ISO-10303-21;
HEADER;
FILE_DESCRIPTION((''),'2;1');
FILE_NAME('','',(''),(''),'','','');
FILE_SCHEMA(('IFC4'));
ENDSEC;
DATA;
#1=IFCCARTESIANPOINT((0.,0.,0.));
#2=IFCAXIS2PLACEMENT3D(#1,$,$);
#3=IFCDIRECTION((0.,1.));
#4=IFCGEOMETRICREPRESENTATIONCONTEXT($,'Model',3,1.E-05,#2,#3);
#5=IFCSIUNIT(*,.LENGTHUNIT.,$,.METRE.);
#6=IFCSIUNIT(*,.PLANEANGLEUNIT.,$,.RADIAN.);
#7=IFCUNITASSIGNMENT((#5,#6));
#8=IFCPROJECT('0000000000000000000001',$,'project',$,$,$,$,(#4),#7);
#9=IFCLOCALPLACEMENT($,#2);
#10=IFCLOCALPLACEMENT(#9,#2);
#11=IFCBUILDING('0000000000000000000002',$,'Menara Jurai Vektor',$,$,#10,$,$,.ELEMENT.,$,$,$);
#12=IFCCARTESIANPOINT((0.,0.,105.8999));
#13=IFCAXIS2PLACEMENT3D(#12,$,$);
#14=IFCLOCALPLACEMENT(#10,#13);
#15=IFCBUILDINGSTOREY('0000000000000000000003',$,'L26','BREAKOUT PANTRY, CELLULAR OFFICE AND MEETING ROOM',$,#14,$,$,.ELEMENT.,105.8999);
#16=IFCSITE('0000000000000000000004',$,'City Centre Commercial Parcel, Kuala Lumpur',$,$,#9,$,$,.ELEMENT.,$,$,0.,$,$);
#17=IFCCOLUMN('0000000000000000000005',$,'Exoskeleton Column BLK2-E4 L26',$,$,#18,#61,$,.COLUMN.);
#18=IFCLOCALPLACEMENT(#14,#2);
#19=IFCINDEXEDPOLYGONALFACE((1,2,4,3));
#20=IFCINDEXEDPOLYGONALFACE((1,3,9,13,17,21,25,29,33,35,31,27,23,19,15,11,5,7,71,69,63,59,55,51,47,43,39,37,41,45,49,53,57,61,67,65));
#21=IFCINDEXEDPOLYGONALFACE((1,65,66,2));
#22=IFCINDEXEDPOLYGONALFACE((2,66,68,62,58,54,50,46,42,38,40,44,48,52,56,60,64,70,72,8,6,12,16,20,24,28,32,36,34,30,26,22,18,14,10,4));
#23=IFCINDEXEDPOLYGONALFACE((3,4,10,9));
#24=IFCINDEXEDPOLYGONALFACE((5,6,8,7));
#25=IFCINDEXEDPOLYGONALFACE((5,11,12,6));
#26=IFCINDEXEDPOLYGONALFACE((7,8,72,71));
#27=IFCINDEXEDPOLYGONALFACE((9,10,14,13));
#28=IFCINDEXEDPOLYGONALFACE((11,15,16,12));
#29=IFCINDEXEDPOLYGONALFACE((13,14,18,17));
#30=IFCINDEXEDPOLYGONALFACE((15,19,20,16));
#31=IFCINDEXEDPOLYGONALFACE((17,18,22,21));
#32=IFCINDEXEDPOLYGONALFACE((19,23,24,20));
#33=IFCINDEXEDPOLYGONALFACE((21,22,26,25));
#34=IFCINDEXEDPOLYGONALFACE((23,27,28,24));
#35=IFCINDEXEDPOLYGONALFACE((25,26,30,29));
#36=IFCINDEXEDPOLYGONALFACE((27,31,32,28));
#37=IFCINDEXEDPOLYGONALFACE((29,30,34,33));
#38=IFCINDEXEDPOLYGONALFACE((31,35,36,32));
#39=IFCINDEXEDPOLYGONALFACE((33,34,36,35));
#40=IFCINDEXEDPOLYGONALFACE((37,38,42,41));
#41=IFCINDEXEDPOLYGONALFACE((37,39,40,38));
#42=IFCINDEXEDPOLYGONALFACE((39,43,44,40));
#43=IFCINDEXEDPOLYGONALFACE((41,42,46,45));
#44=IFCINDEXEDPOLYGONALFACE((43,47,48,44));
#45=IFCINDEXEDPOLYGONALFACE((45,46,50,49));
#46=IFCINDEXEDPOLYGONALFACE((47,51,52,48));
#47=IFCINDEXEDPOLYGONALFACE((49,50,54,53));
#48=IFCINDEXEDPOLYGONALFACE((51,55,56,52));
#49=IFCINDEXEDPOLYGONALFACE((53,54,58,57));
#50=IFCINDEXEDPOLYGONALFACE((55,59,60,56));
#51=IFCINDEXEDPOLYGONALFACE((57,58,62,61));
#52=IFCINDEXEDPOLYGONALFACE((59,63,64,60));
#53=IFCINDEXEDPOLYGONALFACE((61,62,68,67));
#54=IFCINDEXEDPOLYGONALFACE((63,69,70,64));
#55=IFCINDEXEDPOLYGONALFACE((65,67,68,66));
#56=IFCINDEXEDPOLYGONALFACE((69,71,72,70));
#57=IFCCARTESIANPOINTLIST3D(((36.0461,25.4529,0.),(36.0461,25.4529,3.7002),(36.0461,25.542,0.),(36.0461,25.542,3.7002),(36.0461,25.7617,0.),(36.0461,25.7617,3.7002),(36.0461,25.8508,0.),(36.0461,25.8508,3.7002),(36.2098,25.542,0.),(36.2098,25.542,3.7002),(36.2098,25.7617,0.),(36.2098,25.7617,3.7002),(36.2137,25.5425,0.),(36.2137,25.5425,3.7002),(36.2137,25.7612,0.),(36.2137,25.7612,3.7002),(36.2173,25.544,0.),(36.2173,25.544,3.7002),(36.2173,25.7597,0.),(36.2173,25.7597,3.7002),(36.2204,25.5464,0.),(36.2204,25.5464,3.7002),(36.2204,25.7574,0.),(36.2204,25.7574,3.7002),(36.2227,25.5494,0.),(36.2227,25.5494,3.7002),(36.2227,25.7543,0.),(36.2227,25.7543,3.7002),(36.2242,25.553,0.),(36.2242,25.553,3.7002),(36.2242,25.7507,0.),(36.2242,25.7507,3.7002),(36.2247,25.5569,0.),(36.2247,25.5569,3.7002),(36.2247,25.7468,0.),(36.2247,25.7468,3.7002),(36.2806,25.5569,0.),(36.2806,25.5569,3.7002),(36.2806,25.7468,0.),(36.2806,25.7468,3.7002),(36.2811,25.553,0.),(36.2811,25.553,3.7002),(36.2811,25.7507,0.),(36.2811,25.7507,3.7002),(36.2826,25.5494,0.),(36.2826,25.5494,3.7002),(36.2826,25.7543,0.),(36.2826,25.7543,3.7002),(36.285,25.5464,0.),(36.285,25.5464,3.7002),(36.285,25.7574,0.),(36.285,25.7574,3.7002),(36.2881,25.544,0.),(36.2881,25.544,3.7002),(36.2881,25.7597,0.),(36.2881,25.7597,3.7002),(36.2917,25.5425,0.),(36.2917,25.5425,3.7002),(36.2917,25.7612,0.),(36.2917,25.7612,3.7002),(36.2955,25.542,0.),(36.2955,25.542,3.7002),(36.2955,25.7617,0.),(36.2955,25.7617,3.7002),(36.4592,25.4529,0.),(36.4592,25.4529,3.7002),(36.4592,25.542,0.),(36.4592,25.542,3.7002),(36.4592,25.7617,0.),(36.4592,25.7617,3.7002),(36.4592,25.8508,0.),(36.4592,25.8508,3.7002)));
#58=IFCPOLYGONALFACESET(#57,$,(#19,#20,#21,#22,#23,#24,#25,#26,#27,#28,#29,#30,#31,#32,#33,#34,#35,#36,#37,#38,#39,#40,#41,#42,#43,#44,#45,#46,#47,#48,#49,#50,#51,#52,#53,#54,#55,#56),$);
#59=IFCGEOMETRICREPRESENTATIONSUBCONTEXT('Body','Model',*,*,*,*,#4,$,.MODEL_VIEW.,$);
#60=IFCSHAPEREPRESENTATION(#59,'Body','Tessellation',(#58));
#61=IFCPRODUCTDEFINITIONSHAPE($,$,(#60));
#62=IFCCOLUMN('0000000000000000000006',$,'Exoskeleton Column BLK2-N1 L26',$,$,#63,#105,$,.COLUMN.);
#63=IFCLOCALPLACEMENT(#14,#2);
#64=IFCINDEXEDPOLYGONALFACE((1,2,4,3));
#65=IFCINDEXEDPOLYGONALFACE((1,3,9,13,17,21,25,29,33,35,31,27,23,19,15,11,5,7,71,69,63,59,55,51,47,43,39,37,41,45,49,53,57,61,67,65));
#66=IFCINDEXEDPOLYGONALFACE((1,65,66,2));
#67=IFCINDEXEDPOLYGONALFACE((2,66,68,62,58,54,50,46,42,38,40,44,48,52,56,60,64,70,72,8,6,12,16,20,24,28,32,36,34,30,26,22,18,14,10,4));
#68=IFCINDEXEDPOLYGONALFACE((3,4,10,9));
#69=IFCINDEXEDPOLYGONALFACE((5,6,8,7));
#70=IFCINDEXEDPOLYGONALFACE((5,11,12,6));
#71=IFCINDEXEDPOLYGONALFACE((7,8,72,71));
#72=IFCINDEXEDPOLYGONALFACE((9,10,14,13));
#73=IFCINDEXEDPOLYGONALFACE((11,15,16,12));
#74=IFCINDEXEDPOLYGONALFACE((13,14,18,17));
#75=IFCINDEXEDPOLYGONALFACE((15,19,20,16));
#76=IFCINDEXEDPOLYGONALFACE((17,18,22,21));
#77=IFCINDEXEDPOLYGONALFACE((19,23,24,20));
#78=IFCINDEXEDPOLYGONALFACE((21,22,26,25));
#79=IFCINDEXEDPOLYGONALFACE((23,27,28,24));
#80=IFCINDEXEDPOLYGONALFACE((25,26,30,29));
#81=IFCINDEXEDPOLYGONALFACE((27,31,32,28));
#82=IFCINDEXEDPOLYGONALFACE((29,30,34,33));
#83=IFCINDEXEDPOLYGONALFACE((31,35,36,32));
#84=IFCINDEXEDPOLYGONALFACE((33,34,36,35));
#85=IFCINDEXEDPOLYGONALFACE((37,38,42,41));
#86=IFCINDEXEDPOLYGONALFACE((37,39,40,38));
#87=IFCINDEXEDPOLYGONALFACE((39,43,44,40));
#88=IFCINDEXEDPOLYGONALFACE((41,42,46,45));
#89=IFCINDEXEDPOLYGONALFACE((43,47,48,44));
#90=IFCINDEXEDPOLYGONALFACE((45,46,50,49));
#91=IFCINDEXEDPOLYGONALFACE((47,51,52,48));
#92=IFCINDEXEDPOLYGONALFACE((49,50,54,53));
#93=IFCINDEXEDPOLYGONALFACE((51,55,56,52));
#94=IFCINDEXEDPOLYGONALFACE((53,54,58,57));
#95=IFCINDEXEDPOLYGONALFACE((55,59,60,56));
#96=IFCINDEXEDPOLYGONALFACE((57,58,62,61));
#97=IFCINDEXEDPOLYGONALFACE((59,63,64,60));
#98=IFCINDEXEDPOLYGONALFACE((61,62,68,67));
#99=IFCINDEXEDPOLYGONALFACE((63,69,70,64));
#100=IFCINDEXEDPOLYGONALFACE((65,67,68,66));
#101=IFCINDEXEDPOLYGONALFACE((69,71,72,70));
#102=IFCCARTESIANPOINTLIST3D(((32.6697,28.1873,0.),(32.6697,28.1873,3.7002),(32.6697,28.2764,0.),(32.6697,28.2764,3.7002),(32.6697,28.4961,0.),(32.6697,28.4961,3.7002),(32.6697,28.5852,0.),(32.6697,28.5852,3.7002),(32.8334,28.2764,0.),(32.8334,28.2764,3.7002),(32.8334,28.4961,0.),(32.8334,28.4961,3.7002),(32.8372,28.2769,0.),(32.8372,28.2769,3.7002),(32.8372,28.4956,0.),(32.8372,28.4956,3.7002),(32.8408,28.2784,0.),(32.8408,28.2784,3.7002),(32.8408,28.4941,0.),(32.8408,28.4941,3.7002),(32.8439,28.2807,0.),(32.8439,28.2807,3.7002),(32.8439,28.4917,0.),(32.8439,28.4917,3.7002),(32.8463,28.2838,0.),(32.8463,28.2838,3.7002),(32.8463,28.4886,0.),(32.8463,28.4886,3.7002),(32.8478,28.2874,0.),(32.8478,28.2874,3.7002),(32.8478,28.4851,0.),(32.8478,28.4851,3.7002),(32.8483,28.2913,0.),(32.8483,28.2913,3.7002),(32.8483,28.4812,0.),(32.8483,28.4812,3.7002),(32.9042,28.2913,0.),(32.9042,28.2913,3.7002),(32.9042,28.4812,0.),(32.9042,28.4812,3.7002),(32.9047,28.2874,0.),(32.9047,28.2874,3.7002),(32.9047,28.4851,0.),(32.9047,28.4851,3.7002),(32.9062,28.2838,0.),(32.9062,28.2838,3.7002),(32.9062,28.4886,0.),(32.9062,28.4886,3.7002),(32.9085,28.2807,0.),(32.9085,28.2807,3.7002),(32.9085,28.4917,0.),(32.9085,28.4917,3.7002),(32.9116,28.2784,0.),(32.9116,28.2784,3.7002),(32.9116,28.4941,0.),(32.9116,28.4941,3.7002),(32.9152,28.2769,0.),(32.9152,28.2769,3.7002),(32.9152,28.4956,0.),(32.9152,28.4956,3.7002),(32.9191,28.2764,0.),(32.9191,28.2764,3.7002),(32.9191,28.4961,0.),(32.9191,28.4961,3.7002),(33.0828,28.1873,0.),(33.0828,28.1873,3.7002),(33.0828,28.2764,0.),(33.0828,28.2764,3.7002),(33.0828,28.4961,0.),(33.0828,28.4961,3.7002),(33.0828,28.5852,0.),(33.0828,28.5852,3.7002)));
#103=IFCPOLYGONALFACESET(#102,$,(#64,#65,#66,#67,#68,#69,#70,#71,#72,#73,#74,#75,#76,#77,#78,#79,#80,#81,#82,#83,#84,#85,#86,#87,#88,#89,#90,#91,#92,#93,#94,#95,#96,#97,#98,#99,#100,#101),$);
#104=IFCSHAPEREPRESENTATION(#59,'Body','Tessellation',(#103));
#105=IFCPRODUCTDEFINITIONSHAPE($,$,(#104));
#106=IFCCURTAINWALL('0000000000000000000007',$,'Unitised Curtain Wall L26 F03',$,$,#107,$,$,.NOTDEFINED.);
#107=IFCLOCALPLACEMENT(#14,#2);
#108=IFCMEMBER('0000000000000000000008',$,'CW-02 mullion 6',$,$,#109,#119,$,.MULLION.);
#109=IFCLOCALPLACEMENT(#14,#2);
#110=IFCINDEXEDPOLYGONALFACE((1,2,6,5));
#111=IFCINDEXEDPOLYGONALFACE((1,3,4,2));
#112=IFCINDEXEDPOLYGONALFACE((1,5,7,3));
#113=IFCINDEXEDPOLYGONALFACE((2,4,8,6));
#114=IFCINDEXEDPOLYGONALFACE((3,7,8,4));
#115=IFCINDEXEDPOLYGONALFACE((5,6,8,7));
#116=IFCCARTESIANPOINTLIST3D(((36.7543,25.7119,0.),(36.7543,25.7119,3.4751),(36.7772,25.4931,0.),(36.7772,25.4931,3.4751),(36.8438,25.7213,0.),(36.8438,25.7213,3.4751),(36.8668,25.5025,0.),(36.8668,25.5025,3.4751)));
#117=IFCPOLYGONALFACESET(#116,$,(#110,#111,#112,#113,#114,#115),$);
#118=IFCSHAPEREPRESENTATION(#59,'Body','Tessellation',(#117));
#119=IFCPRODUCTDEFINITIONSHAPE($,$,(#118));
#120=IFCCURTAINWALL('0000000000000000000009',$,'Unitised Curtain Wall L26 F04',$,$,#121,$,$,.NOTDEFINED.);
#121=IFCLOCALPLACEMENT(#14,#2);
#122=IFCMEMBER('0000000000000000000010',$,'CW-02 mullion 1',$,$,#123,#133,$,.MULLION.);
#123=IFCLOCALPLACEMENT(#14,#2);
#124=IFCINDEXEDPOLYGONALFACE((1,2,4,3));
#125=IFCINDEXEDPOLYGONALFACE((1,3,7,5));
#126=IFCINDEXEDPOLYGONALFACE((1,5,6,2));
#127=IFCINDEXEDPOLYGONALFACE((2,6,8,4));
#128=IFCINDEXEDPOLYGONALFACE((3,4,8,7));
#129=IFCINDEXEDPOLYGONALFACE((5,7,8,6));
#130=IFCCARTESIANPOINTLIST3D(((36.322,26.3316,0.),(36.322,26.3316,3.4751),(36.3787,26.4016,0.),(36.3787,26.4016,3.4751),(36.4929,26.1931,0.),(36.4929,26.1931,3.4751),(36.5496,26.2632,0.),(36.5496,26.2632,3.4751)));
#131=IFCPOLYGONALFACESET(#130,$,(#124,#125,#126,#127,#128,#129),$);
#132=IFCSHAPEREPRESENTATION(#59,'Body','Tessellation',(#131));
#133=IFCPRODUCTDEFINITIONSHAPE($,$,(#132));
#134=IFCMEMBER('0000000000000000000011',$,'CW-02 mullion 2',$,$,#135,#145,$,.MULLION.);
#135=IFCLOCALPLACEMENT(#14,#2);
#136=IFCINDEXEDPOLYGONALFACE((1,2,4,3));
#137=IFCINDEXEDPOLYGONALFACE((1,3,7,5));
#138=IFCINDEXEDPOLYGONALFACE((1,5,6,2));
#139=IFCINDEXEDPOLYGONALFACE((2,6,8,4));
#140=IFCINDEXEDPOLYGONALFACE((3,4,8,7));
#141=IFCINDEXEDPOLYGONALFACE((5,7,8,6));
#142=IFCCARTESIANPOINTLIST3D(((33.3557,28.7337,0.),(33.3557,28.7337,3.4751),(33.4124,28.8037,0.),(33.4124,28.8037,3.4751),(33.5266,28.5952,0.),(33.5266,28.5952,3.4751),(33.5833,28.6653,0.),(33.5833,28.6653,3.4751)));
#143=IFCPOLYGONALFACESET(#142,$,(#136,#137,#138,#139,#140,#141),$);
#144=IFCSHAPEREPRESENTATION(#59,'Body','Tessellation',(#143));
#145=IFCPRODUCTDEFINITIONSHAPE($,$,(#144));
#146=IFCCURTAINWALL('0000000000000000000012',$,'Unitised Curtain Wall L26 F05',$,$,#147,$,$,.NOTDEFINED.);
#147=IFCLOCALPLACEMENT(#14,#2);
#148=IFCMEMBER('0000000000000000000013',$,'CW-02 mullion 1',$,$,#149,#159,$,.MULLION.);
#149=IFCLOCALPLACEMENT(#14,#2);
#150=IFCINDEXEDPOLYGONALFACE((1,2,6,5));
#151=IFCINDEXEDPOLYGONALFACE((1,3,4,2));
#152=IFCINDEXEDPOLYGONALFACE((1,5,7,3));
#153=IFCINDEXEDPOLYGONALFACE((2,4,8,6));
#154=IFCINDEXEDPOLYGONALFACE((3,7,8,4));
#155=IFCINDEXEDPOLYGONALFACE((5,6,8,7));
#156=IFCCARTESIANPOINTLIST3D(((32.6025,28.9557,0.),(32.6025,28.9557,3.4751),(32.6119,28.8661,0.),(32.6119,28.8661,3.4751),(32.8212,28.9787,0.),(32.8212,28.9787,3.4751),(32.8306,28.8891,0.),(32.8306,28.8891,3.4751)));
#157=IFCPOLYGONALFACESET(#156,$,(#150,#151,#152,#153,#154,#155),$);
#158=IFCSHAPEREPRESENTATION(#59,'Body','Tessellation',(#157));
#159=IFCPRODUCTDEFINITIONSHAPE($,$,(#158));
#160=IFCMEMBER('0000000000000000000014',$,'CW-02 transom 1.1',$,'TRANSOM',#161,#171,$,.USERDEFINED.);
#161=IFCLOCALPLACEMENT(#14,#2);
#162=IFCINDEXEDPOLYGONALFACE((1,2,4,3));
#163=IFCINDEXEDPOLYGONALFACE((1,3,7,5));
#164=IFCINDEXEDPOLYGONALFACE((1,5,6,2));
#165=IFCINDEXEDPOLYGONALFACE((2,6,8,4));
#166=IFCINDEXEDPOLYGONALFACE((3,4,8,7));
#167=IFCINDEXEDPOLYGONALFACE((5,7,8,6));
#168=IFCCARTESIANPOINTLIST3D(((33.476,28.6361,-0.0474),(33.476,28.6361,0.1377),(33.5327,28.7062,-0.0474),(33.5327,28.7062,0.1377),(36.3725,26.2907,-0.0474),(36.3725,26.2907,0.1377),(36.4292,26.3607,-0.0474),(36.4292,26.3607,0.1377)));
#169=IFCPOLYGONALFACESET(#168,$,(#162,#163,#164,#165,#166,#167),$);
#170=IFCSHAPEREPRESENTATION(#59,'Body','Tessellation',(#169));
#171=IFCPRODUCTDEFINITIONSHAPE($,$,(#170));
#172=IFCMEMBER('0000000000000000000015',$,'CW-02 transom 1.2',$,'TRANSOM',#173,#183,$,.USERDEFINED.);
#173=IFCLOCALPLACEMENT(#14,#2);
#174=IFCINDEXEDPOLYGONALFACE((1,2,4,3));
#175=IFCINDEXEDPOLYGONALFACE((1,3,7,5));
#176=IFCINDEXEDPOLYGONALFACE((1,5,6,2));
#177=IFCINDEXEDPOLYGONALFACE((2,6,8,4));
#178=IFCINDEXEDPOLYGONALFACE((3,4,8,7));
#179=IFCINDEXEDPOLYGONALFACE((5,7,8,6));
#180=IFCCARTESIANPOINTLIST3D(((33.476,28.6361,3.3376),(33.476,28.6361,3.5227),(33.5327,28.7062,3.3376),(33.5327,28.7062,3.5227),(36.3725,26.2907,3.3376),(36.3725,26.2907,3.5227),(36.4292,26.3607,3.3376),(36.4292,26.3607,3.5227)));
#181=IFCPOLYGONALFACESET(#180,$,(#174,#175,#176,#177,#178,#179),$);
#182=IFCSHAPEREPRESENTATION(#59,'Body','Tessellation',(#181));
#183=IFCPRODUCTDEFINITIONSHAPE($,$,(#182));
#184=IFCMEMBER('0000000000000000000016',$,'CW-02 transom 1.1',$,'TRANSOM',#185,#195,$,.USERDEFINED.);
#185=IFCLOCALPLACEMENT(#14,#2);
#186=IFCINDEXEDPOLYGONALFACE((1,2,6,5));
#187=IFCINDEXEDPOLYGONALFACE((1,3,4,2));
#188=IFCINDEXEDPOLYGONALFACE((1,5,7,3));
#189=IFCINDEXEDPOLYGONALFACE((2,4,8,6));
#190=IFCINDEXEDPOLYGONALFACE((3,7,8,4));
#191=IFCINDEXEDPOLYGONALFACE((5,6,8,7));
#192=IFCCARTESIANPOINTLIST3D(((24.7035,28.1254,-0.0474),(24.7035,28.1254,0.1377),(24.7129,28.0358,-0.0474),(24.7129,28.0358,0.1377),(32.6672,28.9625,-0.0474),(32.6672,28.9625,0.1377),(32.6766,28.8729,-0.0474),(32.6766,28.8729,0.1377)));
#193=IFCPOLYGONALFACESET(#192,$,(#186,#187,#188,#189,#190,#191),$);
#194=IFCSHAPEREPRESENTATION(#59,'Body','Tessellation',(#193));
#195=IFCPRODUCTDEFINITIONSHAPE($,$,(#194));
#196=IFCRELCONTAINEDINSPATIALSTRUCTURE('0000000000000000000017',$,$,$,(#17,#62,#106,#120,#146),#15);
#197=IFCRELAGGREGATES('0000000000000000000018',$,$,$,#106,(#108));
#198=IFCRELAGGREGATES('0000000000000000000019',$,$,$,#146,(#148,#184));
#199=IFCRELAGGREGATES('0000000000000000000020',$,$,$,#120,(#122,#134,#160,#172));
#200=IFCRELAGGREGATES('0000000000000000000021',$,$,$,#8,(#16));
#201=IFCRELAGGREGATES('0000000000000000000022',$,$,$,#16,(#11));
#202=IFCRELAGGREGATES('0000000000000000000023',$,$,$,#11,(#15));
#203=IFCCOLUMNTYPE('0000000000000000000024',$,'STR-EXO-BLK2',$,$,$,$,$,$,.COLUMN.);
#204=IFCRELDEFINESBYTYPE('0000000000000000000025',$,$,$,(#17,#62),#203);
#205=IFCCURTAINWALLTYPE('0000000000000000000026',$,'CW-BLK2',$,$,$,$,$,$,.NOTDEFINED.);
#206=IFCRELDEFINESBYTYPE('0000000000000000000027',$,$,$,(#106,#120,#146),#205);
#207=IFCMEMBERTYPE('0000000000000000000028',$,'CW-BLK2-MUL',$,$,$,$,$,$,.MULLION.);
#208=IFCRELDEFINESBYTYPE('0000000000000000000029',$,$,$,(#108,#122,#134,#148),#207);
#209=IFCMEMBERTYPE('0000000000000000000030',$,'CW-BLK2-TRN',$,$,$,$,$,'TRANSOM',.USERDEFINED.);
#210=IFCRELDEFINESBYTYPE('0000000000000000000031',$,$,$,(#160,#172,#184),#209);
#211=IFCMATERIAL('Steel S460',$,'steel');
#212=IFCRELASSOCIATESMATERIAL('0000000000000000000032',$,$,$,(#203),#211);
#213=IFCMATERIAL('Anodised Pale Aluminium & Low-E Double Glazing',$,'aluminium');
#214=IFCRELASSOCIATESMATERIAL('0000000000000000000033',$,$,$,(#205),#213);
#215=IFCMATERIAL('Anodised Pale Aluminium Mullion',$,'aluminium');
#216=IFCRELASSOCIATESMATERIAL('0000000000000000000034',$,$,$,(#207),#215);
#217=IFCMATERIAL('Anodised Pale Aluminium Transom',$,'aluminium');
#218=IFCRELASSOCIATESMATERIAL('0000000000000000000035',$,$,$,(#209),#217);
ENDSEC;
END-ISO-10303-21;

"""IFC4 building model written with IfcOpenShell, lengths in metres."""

from ifc_helpers import new_model, si_unit, direction, frame, origin, origin_2d, place, context, subcontext, project, spatial, rectangle, i_section, extrude, material, material_profile, profile_set, type_object, element, aggregate, save


model = new_model("IFC4")

# Units and contexts
model_context = context("Model", 3, precision=1e-05, world=origin(), true_north=direction((0.0, 1.0)))
body_context = subcontext(model_context, "Body", "Model", "MODEL_VIEW")
ifc_project = project(units=[si_unit("LENGTHUNIT", "METRE"), si_unit("PLANEANGLEUNIT", "RADIAN")], contexts=[model_context])

# Site, building, storey
site_placement = place(None, origin())
site = spatial("IfcSite", under=ifc_project, at=site_placement, Name="City Centre Commercial Parcel, Kuala Lumpur", CompositionType="ELEMENT", RefElevation=0.0)
building_placement = place(site_placement, origin())
building = spatial("IfcBuilding", under=site, at=building_placement, Name="Menara Jurai Vektor", CompositionType="ELEMENT")
storey_placement = place(building_placement, frame((0.0, 0.0, 105.8999)))
storey = spatial("IfcBuildingStorey", under=building, at=storey_placement, Name="L26", Description="BREAKOUT PANTRY, CELLULAR OFFICE AND MEETING ROOM", CompositionType="ELEMENT", Elevation=105.8999)

# Columns
ifc_material_1 = material(Name="Steel S460", Category="steel")
ifc_material_profile_1 = material_profile(ifc_material_1, i_section(OverallWidth=0.4131, OverallDepth=0.3979, WebThickness=0.0559, FlangeThickness=0.0891, FilletRadius=0.0149, at=origin_2d()), Name="HD 400x744")
ifc_profile_set_1 = profile_set([ifc_material_profile_1], Name="Steel S460")
column_type = type_object("IfcColumnType", Name="STR-EXO-BLK2", PredefinedType="COLUMN", material=ifc_profile_set_1)
for number, where, z_axis, x_axis, name in (
    (1, (36.2527, 25.6519, 0.0), (0.0, 0.0, 1.0), (1.0, 0.0, 0.0), "Exoskeleton Column BLK2-E4 L26"),
    (2, (32.8762, 28.3862, 0.0), (0.0, 0.0, 1.0), (1.0, 0.0, 0.0), "Exoskeleton Column BLK2-N1 L26"),
):
    element("IfcColumn", number, at=place(storey_placement, frame(where, z_axis=z_axis, x_axis=x_axis)), inside=storey, type_object=column_type, Name=name, PredefinedType="COLUMN", context=body_context, shape_type="SweptSolid", body=[
        extrude(i_section(OverallWidth=0.4131, OverallDepth=0.3979, WebThickness=0.0559, FlangeThickness=0.0891, FilletRadius=0.0149, at=origin_2d()), origin(), (0.0, 0.0, 1.0), 3.7002),
    ])

# Curtain wall, member
ifc_material_2 = material(Name="Anodised Pale Aluminium & Low-E Double Glazing", Category="aluminium")
curtain_wall_type = type_object("IfcCurtainWallType", Name="CW-BLK2", PredefinedType="NOTDEFINED", material=ifc_material_2)
curtain_wall_1_placement = place(storey_placement, origin())
curtain_wall_1 = element("IfcCurtainWall", 3, at=curtain_wall_1_placement, inside=storey, type_object=curtain_wall_type, Name="Unitised Curtain Wall L26 F03", PredefinedType="NOTDEFINED")
ifc_material_3 = material(Name="Anodised Pale Aluminium Mullion", Category="aluminium")
ifc_material_profile_2 = material_profile(ifc_material_3, rectangle(XDim=0.0901, YDim=0.22, at=origin_2d()), Name="ALU MUL 90x220")
ifc_profile_set_2 = profile_set([ifc_material_profile_2], Name="Anodised Pale Aluminium Mullion")
member_type_1 = type_object("IfcMemberType", Name="CW-BLK2-MUL", PredefinedType="MULLION", material=ifc_profile_set_2)
member_1_placement = place(storey_placement, frame((36.8105, 25.6072, 0.0), z_axis=(0.0, 0.0, 1.0), x_axis=(-0.994522, -0.10453, 0.0)))
member_1 = element("IfcMember", 4, at=member_1_placement, type_object=member_type_1, Name="CW-02 mullion 6", PredefinedType="MULLION", context=body_context, shape_type="SweptSolid", body=[
    extrude(rectangle(XDim=0.0901, YDim=0.22, at=origin_2d()), origin(), (0.0, 0.0, 1.0), 3.4751),
])

# Curtain wall, members
curtain_wall_2_placement = place(storey_placement, origin())
curtain_wall_2 = element("IfcCurtainWall", 5, at=curtain_wall_2_placement, inside=storey, type_object=curtain_wall_type, Name="Unitised Curtain Wall L26 F04", PredefinedType="NOTDEFINED")
member_2_placement = place(storey_placement, frame((36.4358, 26.2974, 0.0), z_axis=(0.0, 0.0, 1.0), x_axis=(-0.629313, -0.777152, 0.0)))
member_2 = element("IfcMember", 6, at=member_2_placement, type_object=member_type_1, Name="CW-02 mullion 1", PredefinedType="MULLION", context=body_context, shape_type="SweptSolid", body=[
    extrude(rectangle(XDim=0.0901, YDim=0.22, at=origin_2d()), origin(), (0.0, 0.0, 1.0), 3.4751),
])
member_3_placement = place(storey_placement, frame((33.4695, 28.6995, 0.0), z_axis=(0.0, 0.0, 1.0), x_axis=(-0.629313, -0.777152, 0.0)))
member_3 = element("IfcMember", 7, at=member_3_placement, type_object=member_type_1, Name="CW-02 mullion 2", PredefinedType="MULLION", context=body_context, shape_type="SweptSolid", body=[
    extrude(rectangle(XDim=0.0901, YDim=0.22, at=origin_2d()), origin(), (0.0, 0.0, 1.0), 3.4751),
])

# Curtain wall, member
curtain_wall_3_placement = place(storey_placement, origin())
curtain_wall_3 = element("IfcCurtainWall", 8, at=curtain_wall_3_placement, inside=storey, type_object=curtain_wall_type, Name="Unitised Curtain Wall L26 F05", PredefinedType="NOTDEFINED")
member_4_placement = place(storey_placement, frame((32.7166, 28.9224, 0.0), z_axis=(0.0, 0.0, 1.0), x_axis=(0.104529, -0.994522, 0.0)))
member_4 = element("IfcMember", 9, at=member_4_placement, type_object=member_type_1, Name="CW-02 mullion 1", PredefinedType="MULLION", context=body_context, shape_type="SweptSolid", body=[
    extrude(rectangle(XDim=0.0901, YDim=0.22, at=origin_2d()), origin(), (0.0, 0.0, 1.0), 3.4751),
])

# Members
ifc_material_4 = material(Name="Anodised Pale Aluminium Transom", Category="aluminium")
ifc_material_profile_3 = material_profile(ifc_material_4, rectangle(XDim=0.0901, YDim=0.1851, at=origin_2d()), Name="ALU TRN 90x185")
ifc_profile_set_3 = profile_set([ifc_material_profile_3], Name="Anodised Pale Aluminium Transom")
member_type_2 = type_object("IfcMemberType", Name="CW-BLK2-TRN", ElementType="TRANSOM", PredefinedType="USERDEFINED", material=ifc_profile_set_3)
member_5_placement = place(storey_placement, frame((36.4009, 26.3257, 0.0452), z_axis=(-0.777155, 0.629309, 0.0), x_axis=(-0.629309, -0.777155, 0.0)))
member_5 = element("IfcMember", 10, at=member_5_placement, type_object=member_type_2, Name="CW-02 transom 1.1", ObjectType="TRANSOM", PredefinedType="USERDEFINED", context=body_context, shape_type="SweptSolid", body=[
    extrude(rectangle(XDim=0.0901, YDim=0.1851, at=origin_2d()), origin(), (0.0, 0.0, 1.0), 3.7271),
])
member_6_placement = place(storey_placement, frame((36.4009, 26.3257, 3.4302), z_axis=(-0.777155, 0.629309, 0.0), x_axis=(-0.629309, -0.777155, 0.0)))
member_6 = element("IfcMember", 11, at=member_6_placement, type_object=member_type_2, Name="CW-02 transom 1.2", ObjectType="TRANSOM", PredefinedType="USERDEFINED", context=body_context, shape_type="SweptSolid", body=[
    extrude(rectangle(XDim=0.0901, YDim=0.1851, at=origin_2d()), origin(), (0.0, 0.0, 1.0), 3.7271),
])
member_7_placement = place(storey_placement, frame((32.6719, 28.9177, 0.0452), z_axis=(-0.99452, -0.104547, 0.0), x_axis=(0.104547, -0.99452, 0.0)))
member_7 = element("IfcMember", 12, at=member_7_placement, type_object=member_type_2, Name="CW-02 transom 1.1", ObjectType="TRANSOM", PredefinedType="USERDEFINED", context=body_context, shape_type="SweptSolid", body=[
    extrude(rectangle(XDim=0.0901, YDim=0.1851, at=origin_2d()), origin(), (0.0, 0.0, 1.0), 8.0076),
])

aggregate(curtain_wall_1, [member_1])
aggregate(curtain_wall_3, [member_4, member_7])
aggregate(curtain_wall_2, [member_2, member_3, member_5, member_6])

save(model, "model.ifc")
